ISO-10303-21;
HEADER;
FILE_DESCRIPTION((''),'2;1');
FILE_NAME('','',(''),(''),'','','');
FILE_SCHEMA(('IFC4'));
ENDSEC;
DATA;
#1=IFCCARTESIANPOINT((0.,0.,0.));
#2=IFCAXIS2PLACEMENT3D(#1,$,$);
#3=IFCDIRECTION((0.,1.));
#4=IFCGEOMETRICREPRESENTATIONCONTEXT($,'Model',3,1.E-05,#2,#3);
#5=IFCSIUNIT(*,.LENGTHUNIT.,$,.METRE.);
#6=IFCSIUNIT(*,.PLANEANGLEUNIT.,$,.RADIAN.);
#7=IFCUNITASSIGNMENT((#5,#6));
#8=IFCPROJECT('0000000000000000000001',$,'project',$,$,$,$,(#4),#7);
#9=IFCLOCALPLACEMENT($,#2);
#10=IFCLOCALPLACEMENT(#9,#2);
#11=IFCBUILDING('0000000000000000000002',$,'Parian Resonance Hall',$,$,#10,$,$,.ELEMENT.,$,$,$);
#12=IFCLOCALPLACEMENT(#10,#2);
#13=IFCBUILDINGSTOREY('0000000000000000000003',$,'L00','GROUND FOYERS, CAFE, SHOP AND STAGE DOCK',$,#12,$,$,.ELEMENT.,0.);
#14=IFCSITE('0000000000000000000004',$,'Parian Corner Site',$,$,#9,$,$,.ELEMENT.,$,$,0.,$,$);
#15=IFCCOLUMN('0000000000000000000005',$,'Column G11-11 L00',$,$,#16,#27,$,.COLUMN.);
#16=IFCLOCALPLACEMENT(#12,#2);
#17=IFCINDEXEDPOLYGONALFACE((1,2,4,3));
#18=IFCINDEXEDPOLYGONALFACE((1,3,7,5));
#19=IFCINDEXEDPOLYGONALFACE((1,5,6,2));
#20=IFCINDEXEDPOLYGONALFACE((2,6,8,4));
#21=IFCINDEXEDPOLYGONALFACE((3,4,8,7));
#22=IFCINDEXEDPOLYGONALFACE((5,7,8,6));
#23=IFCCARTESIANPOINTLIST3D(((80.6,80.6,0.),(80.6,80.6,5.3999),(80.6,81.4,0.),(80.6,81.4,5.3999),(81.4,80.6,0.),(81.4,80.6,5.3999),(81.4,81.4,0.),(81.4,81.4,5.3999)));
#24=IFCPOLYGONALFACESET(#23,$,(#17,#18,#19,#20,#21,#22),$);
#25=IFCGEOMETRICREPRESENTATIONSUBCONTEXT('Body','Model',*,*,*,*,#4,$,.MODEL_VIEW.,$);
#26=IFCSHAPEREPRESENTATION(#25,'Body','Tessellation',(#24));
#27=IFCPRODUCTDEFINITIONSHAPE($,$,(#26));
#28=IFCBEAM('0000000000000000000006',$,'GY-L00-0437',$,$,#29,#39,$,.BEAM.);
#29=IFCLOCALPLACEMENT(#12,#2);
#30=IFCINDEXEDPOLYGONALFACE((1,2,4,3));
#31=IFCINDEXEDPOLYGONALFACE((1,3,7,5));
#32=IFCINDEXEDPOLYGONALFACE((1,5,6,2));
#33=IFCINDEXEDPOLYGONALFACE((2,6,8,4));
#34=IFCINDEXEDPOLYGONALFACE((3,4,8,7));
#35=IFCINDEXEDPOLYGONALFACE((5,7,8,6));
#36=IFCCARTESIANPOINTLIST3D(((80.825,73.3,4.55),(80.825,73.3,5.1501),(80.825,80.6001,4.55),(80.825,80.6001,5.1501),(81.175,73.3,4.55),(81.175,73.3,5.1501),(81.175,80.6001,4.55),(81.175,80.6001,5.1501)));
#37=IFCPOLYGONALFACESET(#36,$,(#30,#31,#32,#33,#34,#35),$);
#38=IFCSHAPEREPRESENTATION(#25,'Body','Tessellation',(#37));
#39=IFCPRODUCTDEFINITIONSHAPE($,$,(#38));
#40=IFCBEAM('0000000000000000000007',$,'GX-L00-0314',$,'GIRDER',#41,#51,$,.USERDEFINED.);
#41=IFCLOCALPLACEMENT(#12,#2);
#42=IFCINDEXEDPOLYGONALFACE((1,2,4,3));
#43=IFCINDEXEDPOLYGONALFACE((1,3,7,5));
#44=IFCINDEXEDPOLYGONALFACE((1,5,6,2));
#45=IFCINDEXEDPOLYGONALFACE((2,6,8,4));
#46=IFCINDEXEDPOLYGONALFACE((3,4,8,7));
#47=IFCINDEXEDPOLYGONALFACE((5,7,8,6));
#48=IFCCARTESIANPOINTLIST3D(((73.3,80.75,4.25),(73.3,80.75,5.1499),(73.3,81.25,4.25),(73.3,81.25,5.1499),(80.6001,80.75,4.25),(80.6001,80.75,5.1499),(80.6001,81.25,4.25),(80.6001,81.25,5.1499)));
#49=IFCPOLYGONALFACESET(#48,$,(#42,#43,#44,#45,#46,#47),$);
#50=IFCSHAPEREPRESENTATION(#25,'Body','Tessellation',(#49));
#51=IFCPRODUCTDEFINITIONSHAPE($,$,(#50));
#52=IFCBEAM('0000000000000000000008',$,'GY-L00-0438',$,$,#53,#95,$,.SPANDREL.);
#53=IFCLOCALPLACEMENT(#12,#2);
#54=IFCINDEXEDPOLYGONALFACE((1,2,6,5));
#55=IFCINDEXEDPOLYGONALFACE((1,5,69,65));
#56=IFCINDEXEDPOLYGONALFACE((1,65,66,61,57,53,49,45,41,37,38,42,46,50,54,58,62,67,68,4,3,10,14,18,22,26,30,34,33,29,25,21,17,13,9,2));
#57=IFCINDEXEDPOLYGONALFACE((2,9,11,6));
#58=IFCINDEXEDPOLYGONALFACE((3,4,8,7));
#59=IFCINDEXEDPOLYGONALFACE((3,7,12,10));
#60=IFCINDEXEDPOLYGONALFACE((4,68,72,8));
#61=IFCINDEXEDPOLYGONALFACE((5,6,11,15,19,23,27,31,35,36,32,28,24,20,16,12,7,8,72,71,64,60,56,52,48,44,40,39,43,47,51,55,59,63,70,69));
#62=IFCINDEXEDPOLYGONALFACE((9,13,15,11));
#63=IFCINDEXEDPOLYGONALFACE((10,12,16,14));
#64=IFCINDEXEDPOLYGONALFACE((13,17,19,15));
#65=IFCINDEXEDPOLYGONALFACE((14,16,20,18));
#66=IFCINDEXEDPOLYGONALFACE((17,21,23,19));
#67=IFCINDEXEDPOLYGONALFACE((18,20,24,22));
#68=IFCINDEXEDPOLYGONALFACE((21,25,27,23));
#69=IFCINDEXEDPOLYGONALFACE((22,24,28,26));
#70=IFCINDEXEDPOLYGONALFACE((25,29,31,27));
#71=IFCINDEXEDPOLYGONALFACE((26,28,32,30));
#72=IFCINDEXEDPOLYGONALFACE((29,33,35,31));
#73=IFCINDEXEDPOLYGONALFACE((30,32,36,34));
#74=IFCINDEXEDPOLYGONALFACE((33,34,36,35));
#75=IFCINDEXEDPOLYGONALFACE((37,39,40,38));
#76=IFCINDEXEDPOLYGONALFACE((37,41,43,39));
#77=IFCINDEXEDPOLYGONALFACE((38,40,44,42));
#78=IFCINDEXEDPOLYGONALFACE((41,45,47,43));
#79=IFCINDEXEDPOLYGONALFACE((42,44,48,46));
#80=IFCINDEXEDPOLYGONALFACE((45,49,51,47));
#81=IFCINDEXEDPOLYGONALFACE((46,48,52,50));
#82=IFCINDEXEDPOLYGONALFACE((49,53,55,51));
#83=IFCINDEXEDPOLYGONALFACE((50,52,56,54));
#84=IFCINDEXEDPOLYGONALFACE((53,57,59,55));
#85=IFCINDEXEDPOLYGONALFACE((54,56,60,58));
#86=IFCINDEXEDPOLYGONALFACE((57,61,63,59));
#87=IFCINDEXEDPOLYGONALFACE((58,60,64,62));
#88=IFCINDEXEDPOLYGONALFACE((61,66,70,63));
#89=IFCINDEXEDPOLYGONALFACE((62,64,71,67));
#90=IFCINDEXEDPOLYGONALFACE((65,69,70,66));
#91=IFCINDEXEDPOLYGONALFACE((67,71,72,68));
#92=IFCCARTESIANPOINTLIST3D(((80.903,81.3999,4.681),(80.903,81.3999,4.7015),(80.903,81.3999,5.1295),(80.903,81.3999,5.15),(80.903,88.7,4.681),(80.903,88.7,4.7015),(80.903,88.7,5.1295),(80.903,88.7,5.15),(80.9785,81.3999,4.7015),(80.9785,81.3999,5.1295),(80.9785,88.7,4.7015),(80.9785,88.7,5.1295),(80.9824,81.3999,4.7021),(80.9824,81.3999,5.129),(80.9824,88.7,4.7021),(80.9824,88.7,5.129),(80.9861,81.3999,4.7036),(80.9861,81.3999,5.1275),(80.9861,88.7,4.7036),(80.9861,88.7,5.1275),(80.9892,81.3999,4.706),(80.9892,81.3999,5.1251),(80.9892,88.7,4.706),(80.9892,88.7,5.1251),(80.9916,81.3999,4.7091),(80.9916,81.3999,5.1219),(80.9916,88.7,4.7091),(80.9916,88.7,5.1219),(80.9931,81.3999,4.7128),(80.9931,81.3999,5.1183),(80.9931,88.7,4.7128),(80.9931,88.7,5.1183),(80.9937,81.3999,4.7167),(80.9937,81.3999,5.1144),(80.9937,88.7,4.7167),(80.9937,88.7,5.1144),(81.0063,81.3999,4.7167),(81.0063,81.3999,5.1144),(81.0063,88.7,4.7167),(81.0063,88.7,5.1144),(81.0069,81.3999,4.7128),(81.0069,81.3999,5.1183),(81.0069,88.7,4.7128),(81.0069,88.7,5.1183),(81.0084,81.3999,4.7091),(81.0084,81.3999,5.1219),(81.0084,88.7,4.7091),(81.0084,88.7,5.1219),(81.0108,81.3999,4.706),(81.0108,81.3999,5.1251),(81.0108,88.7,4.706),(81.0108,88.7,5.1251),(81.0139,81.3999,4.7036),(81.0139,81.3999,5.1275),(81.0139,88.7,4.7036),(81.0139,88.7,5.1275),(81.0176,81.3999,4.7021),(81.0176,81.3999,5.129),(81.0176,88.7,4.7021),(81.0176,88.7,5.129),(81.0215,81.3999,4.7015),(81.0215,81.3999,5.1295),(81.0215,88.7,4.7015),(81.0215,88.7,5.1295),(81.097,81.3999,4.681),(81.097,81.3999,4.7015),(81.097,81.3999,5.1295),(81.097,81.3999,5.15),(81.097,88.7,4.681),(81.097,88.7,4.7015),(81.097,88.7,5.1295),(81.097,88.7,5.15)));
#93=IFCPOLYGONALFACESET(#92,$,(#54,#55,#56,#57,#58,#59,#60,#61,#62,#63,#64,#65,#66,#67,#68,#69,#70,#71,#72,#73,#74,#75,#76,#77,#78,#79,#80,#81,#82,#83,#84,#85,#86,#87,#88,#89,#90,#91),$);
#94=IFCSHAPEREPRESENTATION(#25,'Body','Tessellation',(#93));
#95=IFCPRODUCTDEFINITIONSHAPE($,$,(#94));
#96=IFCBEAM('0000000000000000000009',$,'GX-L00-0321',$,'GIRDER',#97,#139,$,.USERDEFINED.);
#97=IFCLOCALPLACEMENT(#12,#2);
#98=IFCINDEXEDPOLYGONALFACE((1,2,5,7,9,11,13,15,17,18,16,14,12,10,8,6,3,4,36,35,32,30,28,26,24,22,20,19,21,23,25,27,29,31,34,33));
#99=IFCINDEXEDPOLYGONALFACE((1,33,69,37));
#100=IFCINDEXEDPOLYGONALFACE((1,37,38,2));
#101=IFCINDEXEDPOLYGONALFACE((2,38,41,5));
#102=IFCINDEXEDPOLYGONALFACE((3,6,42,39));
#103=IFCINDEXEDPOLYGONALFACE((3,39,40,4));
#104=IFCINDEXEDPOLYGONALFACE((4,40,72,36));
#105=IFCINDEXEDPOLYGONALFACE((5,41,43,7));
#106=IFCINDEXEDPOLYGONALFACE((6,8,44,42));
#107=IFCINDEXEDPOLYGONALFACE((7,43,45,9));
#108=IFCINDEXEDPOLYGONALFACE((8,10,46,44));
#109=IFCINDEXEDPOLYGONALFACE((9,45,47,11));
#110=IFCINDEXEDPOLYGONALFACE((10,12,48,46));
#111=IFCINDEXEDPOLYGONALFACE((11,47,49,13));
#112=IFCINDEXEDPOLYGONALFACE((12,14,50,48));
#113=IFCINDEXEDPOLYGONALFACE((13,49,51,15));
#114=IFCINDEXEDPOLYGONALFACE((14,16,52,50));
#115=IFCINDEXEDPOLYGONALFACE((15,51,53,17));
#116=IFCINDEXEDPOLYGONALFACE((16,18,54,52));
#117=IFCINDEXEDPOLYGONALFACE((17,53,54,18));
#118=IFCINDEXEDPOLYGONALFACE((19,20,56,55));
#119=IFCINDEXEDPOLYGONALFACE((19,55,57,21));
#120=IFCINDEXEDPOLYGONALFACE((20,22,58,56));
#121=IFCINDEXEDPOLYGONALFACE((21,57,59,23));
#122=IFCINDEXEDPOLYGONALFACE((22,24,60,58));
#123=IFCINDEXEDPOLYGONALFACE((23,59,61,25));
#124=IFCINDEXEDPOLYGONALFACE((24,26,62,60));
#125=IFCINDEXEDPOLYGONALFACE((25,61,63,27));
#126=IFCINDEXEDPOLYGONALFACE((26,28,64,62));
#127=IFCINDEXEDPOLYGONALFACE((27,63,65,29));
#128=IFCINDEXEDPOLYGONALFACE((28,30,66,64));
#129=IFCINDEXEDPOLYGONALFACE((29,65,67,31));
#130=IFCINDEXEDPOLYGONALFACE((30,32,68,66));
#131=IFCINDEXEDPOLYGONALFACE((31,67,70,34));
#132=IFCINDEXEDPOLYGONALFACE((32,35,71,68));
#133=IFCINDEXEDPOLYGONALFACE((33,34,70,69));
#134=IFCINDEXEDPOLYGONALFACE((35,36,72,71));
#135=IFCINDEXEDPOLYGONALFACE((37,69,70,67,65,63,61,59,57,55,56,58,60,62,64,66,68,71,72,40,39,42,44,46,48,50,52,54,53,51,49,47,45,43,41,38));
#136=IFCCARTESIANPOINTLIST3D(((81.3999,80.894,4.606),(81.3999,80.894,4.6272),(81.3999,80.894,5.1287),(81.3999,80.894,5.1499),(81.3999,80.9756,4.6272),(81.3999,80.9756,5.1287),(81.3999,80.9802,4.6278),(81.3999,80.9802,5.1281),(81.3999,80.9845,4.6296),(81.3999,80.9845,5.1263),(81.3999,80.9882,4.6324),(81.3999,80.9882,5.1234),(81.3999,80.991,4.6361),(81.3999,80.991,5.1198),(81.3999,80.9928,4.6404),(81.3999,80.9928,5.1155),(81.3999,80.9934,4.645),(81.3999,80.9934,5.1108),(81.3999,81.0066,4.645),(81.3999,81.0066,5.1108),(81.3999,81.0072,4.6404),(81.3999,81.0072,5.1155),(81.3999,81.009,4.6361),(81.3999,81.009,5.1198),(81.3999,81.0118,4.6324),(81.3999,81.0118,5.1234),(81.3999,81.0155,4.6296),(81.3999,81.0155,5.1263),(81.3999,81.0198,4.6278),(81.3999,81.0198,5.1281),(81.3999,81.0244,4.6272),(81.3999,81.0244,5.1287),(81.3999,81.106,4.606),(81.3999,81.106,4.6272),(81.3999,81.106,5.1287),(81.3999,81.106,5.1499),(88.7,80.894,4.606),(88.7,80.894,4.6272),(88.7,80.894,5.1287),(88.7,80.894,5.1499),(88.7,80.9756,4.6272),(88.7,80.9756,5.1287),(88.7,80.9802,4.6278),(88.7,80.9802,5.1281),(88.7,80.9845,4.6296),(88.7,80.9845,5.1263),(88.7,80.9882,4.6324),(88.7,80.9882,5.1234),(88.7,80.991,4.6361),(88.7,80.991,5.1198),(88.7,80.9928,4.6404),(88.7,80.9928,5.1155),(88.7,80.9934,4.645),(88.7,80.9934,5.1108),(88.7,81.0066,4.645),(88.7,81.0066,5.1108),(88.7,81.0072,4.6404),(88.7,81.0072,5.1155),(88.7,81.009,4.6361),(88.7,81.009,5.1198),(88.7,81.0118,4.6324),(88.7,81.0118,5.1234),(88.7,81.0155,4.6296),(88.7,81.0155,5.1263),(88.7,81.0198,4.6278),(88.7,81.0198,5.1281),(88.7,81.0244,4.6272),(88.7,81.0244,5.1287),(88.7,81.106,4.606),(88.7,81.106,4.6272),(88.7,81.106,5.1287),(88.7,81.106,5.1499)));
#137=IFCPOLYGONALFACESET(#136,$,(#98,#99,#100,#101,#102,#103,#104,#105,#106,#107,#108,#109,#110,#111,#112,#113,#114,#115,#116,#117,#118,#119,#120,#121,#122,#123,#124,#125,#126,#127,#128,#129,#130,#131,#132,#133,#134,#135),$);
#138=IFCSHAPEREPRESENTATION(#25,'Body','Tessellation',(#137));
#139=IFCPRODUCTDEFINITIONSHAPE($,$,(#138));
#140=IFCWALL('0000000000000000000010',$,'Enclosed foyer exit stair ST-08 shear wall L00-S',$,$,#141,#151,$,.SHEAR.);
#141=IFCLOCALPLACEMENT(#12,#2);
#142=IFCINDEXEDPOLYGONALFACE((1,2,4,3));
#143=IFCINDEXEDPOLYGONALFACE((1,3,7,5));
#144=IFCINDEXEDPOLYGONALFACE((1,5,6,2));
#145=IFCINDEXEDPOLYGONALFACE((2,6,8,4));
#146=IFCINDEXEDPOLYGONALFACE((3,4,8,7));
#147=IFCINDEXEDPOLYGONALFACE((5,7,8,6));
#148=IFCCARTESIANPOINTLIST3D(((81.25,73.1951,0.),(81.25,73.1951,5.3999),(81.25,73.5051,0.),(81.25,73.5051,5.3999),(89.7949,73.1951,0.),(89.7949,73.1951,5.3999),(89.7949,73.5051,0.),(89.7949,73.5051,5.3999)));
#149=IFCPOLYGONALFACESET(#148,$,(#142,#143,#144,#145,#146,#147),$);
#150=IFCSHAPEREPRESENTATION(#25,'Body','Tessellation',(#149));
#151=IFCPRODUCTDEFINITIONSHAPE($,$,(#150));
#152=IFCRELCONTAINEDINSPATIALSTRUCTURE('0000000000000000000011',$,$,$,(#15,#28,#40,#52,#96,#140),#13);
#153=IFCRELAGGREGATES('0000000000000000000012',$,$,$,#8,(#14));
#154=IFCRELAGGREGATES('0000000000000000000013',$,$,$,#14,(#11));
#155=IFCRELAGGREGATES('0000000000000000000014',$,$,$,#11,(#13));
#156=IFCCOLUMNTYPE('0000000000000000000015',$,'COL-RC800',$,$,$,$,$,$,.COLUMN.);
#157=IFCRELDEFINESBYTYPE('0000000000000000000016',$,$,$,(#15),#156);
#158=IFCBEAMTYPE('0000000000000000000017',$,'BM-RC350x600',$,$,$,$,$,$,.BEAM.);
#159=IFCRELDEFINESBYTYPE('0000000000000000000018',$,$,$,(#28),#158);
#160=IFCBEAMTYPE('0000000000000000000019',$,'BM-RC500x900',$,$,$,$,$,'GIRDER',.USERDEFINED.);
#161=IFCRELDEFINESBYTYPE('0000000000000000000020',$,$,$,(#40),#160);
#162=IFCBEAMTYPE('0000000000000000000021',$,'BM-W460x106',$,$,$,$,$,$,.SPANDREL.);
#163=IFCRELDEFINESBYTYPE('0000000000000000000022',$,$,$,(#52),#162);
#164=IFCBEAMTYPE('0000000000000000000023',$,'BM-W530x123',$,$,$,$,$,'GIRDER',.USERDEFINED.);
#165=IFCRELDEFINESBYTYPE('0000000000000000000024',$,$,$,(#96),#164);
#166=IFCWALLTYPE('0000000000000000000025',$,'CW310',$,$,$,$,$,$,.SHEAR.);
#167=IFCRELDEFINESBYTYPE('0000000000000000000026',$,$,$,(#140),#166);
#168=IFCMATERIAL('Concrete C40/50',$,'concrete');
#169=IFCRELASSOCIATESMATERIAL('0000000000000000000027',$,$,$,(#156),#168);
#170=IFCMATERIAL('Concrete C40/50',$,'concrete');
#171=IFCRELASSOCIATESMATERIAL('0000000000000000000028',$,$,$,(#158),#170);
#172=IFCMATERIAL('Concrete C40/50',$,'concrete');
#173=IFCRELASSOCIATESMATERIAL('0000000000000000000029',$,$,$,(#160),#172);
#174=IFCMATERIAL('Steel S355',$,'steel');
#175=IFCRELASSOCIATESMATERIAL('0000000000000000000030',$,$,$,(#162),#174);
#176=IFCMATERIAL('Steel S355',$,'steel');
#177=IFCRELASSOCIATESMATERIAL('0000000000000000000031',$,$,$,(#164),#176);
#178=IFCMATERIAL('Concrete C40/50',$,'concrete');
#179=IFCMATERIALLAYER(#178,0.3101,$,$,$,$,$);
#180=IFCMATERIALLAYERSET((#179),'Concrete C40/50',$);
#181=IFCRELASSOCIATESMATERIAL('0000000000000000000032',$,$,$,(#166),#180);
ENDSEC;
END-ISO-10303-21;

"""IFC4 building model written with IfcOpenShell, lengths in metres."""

from ifc_helpers import new_model, si_unit, direction, frame, frame_2d, origin, origin_2d, place, context, subcontext, project, spatial, rectangle, i_section, extrude, material, layer, layer_set, material_profile, profile_set, type_object, element, save


model = new_model("IFC4")

# Units and contexts
model_context = context("Model", 3, precision=1e-05, world=origin(), true_north=direction((0.0, 1.0)))
body_context = subcontext(model_context, "Body", "Model", "MODEL_VIEW")
ifc_project = project(units=[si_unit("LENGTHUNIT", "METRE"), si_unit("PLANEANGLEUNIT", "RADIAN")], contexts=[model_context])

# Site, building, storey
site_placement = place(None, origin())
site = spatial("IfcSite", under=ifc_project, at=site_placement, Name="Parian Corner Site", CompositionType="ELEMENT", RefElevation=0.0)
building_placement = place(site_placement, origin())
building = spatial("IfcBuilding", under=site, at=building_placement, Name="Parian Resonance Hall", CompositionType="ELEMENT")
storey_placement = place(building_placement, origin())
storey = spatial("IfcBuildingStorey", under=building, at=storey_placement, Name="L00", Description="GROUND FOYERS, CAFE, SHOP AND STAGE DOCK", CompositionType="ELEMENT", Elevation=0.0)

# Column
ifc_material_1 = material(Name="Concrete C40/50", Category="concrete")
ifc_material_profile_1 = material_profile(ifc_material_1, rectangle(XDim=0.8, YDim=0.8, at=origin_2d()), Name="RC-COL-800x800")
ifc_profile_set_1 = profile_set([ifc_material_profile_1], Name="Concrete C40/50")
column_type = type_object("IfcColumnType", Name="COL-RC800", PredefinedType="COLUMN", material=ifc_profile_set_1)
column_placement = place(storey_placement, frame((81.0, 81.0, 0.0), z_axis=(0.0, 0.0, 1.0), x_axis=(1.0, 0.0, 0.0)))
element("IfcColumn", 1, at=column_placement, inside=storey, type_object=column_type, Name="Column G11-11 L00", PredefinedType="COLUMN", context=body_context, shape_type="SweptSolid", body=[
    extrude(rectangle(XDim=0.8, YDim=0.8, at=origin_2d()), origin(), (0.0, 0.0, 1.0), 5.3999),
])

# Beams
ifc_material_2 = material(Name="Concrete C40/50", Category="concrete")
ifc_material_profile_2 = material_profile(ifc_material_2, rectangle(XDim=0.3501, YDim=0.6001, at=origin_2d()), Name="RC-BM-350x600")
ifc_profile_set_2 = profile_set([ifc_material_profile_2], Name="Concrete C40/50")
beam_type_1 = type_object("IfcBeamType", Name="BM-RC350x600", PredefinedType="BEAM", material=ifc_profile_set_2)
beam_1_placement = place(storey_placement, frame((81.0, 73.3, 4.8501), z_axis=(0.0, 1.0, 0.0), x_axis=(-1.0, 0.0, 0.0)))
element("IfcBeam", 2, at=beam_1_placement, inside=storey, type_object=beam_type_1, Name="GY-L00-0437", PredefinedType="BEAM", context=body_context, shape_type="SweptSolid", body=[
    extrude(rectangle(XDim=0.3501, YDim=0.6001, at=origin_2d()), origin(), (0.0, 0.0, 1.0), 7.3),
])
ifc_material_3 = material(Name="Concrete C40/50", Category="concrete")
ifc_material_profile_3 = material_profile(ifc_material_3, rectangle(XDim=0.5, YDim=0.8999, at=origin_2d()), Name="RC-BM-500x900")
ifc_profile_set_3 = profile_set([ifc_material_profile_3], Name="Concrete C40/50")
beam_type_2 = type_object("IfcBeamType", Name="BM-RC500x900", ElementType="GIRDER", PredefinedType="USERDEFINED", material=ifc_profile_set_3)
beam_2_placement = place(storey_placement, frame((73.3, 81.0, 4.7), z_axis=(1.0, 0.0, 0.0), x_axis=(0.0, 1.0, 0.0)))
element("IfcBeam", 3, at=beam_2_placement, inside=storey, type_object=beam_type_2, Name="GX-L00-0314", ObjectType="GIRDER", PredefinedType="USERDEFINED", context=body_context, shape_type="SweptSolid", body=[
    extrude(rectangle(XDim=0.5, YDim=0.8999, at=origin_2d()), origin(), (0.0, 0.0, 1.0), 7.3),
])
ifc_material_4 = material(Name="Steel S355", Category="steel")
ifc_material_profile_4 = material_profile(ifc_material_4, i_section(OverallWidth=0.1941, OverallDepth=0.469, WebThickness=0.0127, FlangeThickness=0.0205, FilletRadius=0.0151, at=origin_2d()), Name="W460x106")
ifc_profile_set_4 = profile_set([ifc_material_profile_4], Name="Steel S355")
beam_type_3 = type_object("IfcBeamType", Name="BM-W460x106", PredefinedType="SPANDREL", material=ifc_profile_set_4)
beam_3_placement = place(storey_placement, frame((81.0, 81.3999, 4.9155), z_axis=(0.0, 1.0, 0.0), x_axis=(-1.0, 0.0, 0.0)))
element("IfcBeam", 4, at=beam_3_placement, inside=storey, type_object=beam_type_3, Name="GY-L00-0438", PredefinedType="SPANDREL", context=body_context, shape_type="SweptSolid", body=[
    extrude(i_section(OverallWidth=0.1941, OverallDepth=0.469, WebThickness=0.0127, FlangeThickness=0.0205, FilletRadius=0.0151, at=origin_2d()), origin(), (0.0, 0.0, 1.0), 7.3),
])
ifc_material_5 = material(Name="Steel S355", Category="steel")
ifc_material_profile_5 = material_profile(ifc_material_5, i_section(OverallWidth=0.2119, OverallDepth=0.5439, WebThickness=0.0132, FlangeThickness=0.0212, FilletRadius=0.0178, at=origin_2d()), Name="W530x123")
ifc_profile_set_5 = profile_set([ifc_material_profile_5], Name="Steel S355")
beam_type_4 = type_object("IfcBeamType", Name="BM-W530x123", ElementType="GIRDER", PredefinedType="USERDEFINED", material=ifc_profile_set_5)
beam_4_placement = place(storey_placement, frame((81.3999, 81.0, 4.8779), z_axis=(1.0, 0.0, 0.0), x_axis=(0.0, 1.0, 0.0)))
element("IfcBeam", 5, at=beam_4_placement, inside=storey, type_object=beam_type_4, Name="GX-L00-0321", ObjectType="GIRDER", PredefinedType="USERDEFINED", context=body_context, shape_type="SweptSolid", body=[
    extrude(i_section(OverallWidth=0.2119, OverallDepth=0.5439, WebThickness=0.0132, FlangeThickness=0.0212, FilletRadius=0.0178, at=origin_2d()), origin(), (0.0, 0.0, 1.0), 7.3),
])

# Wall
ifc_material_6 = material(Name="Concrete C40/50", Category="concrete")
ifc_layer_1 = layer(ifc_material_6, 0.3101)
ifc_layer_set_1 = layer_set([ifc_layer_1], Name="Concrete C40/50")
wall_type_1 = type_object("IfcWallType", Name="CW310", PredefinedType="SHEAR", material=ifc_layer_set_1)
wall_1_placement = place(storey_placement, frame((81.25, 73.3501, 0.0), z_axis=(0.0, 0.0, 1.0), x_axis=(1.0, 0.0, 0.0)))
element("IfcWall", 6, at=wall_1_placement, inside=storey, type_object=wall_type_1, Name="Enclosed foyer exit stair ST-08 shear wall L00-S", PredefinedType="SHEAR", context=body_context, shape_type="SweptSolid", body=[
    extrude(rectangle(XDim=8.5449, YDim=0.3101, at=frame_2d((4.2725, 0.0))), origin(), (0.0, 0.0, 1.0), 5.3999),
])

save(model, "model.ifc")
